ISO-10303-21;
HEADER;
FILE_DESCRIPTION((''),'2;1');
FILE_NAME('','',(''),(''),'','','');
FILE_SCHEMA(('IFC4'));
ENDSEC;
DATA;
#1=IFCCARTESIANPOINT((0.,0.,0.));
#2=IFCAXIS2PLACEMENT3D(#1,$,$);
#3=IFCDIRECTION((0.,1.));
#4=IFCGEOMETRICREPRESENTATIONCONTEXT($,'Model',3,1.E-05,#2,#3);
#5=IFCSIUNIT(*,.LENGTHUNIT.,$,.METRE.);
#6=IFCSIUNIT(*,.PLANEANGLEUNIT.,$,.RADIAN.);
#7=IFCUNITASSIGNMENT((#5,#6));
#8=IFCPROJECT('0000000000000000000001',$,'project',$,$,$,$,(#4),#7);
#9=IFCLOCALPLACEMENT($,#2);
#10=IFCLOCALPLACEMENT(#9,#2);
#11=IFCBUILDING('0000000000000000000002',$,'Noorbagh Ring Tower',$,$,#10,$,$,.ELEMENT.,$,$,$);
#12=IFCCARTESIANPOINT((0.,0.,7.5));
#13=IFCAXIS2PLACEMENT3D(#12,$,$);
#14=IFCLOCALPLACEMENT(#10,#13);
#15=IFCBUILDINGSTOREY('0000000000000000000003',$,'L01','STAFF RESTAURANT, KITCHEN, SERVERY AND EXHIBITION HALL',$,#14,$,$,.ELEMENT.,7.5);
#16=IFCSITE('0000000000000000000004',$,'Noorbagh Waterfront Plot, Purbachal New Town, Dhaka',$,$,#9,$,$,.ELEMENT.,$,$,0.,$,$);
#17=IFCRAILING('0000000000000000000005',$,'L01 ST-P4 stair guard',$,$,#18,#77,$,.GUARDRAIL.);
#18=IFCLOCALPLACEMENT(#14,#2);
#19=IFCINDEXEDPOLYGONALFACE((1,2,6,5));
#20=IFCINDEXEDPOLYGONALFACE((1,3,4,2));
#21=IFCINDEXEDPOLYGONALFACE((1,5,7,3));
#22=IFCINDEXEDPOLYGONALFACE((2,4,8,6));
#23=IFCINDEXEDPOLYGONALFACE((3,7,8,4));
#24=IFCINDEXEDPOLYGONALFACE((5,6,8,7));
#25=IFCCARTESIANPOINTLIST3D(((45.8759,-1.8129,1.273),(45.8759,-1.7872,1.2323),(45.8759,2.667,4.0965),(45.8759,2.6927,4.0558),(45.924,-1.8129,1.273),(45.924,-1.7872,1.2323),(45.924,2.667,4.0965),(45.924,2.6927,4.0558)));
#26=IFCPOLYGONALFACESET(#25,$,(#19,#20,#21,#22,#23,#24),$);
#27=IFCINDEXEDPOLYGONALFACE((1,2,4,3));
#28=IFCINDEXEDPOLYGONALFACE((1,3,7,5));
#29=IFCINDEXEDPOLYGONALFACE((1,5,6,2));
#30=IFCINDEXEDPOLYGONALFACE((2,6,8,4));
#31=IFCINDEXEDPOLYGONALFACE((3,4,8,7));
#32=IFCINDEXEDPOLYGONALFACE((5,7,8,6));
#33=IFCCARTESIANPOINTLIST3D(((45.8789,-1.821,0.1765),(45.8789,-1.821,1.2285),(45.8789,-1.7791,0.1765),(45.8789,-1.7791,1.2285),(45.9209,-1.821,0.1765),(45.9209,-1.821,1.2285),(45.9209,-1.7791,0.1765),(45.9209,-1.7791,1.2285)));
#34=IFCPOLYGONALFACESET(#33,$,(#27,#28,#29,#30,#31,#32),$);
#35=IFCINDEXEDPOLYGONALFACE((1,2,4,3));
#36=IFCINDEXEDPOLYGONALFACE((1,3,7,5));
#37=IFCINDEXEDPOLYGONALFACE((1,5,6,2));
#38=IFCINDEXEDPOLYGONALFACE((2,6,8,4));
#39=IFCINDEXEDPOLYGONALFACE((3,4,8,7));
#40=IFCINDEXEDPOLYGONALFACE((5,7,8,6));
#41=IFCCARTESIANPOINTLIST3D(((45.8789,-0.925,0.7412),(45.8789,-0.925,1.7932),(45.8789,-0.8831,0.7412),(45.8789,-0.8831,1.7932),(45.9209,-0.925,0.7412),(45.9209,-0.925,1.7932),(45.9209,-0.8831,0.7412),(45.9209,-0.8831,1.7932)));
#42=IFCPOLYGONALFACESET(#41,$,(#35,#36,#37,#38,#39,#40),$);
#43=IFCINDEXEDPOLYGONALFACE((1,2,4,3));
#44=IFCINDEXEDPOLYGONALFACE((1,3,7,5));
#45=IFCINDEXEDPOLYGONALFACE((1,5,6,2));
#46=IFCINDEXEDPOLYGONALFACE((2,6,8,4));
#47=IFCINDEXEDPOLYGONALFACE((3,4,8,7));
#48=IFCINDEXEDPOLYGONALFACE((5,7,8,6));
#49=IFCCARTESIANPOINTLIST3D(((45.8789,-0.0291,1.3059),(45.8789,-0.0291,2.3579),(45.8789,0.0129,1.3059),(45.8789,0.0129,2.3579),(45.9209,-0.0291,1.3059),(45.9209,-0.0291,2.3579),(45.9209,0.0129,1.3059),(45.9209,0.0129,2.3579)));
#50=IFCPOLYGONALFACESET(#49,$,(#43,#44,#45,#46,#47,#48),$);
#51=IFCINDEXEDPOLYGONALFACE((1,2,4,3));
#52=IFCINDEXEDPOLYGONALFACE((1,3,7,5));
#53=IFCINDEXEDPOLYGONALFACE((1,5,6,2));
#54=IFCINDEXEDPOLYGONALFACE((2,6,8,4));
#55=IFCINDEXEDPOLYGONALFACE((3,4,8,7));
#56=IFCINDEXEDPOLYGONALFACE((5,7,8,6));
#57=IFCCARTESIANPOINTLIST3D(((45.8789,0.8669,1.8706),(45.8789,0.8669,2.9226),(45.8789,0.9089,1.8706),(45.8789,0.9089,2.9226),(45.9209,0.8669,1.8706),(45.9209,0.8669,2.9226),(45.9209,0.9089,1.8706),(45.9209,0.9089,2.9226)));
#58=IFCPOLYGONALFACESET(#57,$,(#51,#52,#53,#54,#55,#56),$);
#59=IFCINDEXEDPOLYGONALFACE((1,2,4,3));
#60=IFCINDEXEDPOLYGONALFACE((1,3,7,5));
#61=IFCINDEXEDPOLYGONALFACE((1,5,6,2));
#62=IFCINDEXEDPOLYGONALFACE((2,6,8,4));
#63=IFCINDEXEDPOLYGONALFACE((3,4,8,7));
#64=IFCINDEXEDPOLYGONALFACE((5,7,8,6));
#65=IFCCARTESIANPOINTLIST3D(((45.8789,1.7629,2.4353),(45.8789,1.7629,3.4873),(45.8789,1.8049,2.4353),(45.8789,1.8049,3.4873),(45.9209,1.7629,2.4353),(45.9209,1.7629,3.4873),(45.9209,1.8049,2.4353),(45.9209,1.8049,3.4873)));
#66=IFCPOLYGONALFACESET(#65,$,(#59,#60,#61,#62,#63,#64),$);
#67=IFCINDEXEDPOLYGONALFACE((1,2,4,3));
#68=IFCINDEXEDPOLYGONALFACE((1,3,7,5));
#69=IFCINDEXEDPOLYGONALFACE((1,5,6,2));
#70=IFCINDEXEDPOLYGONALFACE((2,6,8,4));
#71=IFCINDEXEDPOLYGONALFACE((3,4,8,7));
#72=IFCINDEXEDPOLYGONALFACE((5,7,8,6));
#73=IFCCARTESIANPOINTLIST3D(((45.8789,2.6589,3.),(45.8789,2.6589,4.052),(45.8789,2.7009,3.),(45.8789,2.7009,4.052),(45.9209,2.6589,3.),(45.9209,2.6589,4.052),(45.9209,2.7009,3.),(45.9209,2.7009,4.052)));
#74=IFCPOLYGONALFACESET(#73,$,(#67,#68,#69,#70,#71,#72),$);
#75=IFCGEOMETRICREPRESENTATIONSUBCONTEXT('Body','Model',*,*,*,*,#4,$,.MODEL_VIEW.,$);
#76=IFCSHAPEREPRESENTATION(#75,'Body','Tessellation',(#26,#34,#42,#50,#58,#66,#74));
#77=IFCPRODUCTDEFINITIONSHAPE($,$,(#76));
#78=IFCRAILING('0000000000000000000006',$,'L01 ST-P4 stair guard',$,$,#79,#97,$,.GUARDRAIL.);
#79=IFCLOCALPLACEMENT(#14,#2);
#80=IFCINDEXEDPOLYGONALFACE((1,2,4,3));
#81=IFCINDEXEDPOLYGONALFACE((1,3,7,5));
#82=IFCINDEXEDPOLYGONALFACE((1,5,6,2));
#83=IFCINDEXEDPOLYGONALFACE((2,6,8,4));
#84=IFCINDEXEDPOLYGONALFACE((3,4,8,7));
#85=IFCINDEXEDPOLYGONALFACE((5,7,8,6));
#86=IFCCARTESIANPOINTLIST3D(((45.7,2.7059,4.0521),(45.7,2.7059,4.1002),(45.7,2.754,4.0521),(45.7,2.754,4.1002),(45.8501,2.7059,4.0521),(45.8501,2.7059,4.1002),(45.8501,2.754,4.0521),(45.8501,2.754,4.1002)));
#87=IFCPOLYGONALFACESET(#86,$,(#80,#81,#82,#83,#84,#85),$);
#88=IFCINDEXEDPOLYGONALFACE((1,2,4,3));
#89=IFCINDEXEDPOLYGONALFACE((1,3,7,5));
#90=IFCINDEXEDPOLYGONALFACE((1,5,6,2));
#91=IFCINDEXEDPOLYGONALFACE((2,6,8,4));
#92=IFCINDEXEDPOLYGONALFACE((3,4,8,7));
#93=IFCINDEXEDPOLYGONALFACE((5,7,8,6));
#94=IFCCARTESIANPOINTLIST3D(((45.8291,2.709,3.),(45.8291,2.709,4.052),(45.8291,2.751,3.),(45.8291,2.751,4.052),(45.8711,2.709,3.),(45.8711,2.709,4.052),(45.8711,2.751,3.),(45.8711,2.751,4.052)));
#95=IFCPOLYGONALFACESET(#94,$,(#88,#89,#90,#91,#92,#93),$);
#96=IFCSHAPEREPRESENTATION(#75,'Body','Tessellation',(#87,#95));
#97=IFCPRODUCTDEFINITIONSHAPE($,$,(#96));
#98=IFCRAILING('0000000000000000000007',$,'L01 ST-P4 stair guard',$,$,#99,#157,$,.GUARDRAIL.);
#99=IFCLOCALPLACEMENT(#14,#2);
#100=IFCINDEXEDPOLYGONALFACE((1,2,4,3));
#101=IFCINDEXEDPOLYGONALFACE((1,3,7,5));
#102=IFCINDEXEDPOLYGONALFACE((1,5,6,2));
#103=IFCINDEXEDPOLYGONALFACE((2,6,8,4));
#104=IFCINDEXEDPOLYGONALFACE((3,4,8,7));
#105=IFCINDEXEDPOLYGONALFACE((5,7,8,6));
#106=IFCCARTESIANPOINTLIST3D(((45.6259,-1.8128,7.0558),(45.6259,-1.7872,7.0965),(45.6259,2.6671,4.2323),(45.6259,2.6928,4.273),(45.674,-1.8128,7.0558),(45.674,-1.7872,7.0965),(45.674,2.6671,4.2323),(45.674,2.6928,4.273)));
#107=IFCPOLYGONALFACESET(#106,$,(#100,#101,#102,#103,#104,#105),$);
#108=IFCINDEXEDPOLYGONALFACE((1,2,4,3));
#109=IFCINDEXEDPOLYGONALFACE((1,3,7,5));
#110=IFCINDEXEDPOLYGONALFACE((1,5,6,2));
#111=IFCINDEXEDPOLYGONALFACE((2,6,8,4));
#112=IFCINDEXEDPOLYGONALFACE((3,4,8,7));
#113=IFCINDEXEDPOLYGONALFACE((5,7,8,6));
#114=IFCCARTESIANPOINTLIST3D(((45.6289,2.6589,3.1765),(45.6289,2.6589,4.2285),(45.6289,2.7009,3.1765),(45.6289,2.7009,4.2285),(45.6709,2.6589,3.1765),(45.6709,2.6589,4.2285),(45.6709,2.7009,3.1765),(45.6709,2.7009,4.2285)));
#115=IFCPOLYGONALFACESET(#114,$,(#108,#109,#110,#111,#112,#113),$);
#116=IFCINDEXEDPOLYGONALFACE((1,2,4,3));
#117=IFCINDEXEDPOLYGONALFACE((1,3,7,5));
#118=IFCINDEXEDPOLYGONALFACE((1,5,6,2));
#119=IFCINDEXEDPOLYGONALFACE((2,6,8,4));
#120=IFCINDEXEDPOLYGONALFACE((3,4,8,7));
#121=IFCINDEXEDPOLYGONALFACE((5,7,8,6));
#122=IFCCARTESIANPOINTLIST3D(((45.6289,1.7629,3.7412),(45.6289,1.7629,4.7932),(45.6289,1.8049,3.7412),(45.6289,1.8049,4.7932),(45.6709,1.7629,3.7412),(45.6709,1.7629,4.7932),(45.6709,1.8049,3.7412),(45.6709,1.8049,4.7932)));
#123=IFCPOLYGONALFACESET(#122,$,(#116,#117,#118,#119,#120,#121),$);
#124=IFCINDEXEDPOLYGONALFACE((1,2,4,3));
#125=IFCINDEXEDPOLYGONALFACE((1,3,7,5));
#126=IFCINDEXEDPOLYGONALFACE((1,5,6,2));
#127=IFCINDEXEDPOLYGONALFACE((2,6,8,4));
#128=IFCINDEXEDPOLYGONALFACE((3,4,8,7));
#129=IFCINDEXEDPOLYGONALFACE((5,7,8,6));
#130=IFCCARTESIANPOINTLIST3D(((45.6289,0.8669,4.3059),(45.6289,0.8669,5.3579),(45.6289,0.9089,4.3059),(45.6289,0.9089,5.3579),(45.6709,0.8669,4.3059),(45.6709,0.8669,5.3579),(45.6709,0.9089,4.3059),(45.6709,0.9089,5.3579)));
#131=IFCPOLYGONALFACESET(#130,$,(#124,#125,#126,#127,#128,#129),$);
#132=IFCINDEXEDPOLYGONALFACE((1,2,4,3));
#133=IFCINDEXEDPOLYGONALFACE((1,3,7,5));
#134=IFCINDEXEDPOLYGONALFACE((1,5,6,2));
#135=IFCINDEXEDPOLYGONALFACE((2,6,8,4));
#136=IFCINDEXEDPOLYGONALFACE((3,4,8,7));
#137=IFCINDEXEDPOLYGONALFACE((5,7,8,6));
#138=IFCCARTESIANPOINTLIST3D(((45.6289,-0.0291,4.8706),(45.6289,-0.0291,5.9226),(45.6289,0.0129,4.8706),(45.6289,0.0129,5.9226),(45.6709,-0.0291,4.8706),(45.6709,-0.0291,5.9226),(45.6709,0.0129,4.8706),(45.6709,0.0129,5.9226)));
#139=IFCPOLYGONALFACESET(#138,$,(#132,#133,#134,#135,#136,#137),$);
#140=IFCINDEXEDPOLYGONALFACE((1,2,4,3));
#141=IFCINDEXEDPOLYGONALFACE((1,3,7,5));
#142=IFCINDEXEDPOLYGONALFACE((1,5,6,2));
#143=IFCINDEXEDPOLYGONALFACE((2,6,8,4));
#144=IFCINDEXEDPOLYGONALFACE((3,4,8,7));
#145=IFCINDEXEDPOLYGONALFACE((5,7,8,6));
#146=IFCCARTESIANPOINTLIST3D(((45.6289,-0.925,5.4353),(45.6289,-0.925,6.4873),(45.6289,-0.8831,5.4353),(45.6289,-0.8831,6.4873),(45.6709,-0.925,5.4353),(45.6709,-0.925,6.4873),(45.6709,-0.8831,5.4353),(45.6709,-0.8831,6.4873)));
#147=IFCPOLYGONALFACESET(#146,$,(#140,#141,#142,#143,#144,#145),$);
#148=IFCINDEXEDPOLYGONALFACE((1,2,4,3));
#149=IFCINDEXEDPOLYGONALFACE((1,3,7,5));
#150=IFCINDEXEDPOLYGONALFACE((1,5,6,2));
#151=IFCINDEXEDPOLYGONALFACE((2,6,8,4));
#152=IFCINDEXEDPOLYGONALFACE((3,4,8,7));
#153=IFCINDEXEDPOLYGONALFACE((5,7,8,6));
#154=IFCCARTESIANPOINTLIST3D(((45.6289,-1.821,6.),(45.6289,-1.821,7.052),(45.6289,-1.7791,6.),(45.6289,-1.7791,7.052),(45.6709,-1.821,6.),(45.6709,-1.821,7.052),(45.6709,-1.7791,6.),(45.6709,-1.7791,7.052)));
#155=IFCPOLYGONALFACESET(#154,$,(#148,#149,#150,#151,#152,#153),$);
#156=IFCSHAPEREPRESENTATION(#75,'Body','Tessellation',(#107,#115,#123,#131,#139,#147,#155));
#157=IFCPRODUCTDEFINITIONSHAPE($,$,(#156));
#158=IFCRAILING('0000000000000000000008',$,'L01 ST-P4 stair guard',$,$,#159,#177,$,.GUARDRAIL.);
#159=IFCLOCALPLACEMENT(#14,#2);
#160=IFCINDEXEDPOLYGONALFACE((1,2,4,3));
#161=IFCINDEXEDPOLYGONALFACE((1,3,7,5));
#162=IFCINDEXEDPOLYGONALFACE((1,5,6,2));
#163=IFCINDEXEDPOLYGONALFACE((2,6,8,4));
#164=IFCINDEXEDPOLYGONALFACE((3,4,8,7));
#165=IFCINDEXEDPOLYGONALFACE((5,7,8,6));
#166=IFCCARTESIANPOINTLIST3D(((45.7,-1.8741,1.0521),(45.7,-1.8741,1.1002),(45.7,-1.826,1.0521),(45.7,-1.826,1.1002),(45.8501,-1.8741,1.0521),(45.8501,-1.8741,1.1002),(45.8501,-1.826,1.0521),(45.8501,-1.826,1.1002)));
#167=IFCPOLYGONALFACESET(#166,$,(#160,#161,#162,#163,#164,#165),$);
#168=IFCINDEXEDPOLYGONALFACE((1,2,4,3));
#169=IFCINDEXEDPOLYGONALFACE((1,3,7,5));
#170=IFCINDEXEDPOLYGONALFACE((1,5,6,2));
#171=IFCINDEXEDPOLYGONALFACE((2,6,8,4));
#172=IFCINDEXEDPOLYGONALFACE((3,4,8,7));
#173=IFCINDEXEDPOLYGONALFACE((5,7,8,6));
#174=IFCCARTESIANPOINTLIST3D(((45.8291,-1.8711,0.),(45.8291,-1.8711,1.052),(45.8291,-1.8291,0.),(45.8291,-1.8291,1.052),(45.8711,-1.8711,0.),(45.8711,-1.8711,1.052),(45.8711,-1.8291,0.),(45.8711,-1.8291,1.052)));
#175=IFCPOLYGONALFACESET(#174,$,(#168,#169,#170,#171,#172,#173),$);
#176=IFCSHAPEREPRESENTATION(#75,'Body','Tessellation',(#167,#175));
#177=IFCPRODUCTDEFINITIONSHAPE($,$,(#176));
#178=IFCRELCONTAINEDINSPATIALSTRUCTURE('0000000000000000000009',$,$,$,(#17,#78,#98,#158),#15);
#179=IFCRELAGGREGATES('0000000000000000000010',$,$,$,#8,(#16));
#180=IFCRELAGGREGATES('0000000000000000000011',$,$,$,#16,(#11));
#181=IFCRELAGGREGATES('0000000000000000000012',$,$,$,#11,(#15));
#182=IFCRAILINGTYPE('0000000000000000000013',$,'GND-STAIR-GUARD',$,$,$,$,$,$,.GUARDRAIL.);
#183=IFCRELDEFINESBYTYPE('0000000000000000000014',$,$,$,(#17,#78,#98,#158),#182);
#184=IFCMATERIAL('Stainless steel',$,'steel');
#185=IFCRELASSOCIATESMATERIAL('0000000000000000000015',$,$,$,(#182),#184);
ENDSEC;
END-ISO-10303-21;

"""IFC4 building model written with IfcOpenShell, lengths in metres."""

from ifc_helpers import new_model, si_unit, direction, frame, origin, origin_2d, place, context, subcontext, project, spatial, rectangle, extrude, material, type_object, element, save


model = new_model("IFC4")

# Units and contexts
model_context = context("Model", 3, precision=1e-05, world=origin(), true_north=direction((0.0, 1.0)))
body_context = subcontext(model_context, "Body", "Model", "MODEL_VIEW")
ifc_project = project(units=[si_unit("LENGTHUNIT", "METRE"), si_unit("PLANEANGLEUNIT", "RADIAN")], contexts=[model_context])

# Site, building, storey
site_placement = place(None, origin())
site = spatial("IfcSite", under=ifc_project, at=site_placement, Name="Noorbagh Waterfront Plot, Purbachal New Town, Dhaka", CompositionType="ELEMENT", RefElevation=0.0)
building_placement = place(site_placement, origin())
building = spatial("IfcBuilding", under=site, at=building_placement, Name="Noorbagh Ring Tower", CompositionType="ELEMENT")
storey_placement = place(building_placement, frame((0.0, 0.0, 7.5)))
storey = spatial("IfcBuildingStorey", under=building, at=storey_placement, Name="L01", Description="STAFF RESTAURANT, KITCHEN, SERVERY AND EXHIBITION HALL", CompositionType="ELEMENT", Elevation=7.5)

# Railings
ifc_material_1 = material(Name="Stainless steel", Category="steel")
railing_type_1 = type_object("IfcRailingType", Name="GND-STAIR-GUARD", PredefinedType="GUARDRAIL", material=ifc_material_1)
railing_1_placement = place(storey_placement, frame((45.8999, -1.8, 0.1765)))
element("IfcRailing", 1, at=railing_1_placement, inside=storey, type_object=railing_type_1, Name="L01 ST-P4 stair guard", PredefinedType="GUARDRAIL", context=body_context, shape_type="SweptSolid", body=[
    extrude(rectangle(XDim=0.0481, YDim=0.0481, at=origin_2d()), frame((0.0, 0.0, 1.0762), z_axis=(0.0, 0.845998, 0.533186), x_axis=(-1.0, 0.0, 0.0)), (0.0, 0.0, 1.0), 5.2954),
    extrude(rectangle(XDim=0.042, YDim=0.042, at=origin_2d()), origin(), (0.0, 0.0, 1.0), 1.052),
    extrude(rectangle(XDim=0.042, YDim=0.042, at=origin_2d()), frame((0.0, 0.896, 0.5647)), (0.0, 0.0, 1.0), 1.052),
    extrude(rectangle(XDim=0.042, YDim=0.042, at=origin_2d()), frame((0.0, 1.792, 1.1294)), (0.0, 0.0, 1.0), 1.052),
    extrude(rectangle(XDim=0.042, YDim=0.042, at=origin_2d()), frame((0.0, 2.688, 1.6941)), (0.0, 0.0, 1.0), 1.052),
    extrude(rectangle(XDim=0.042, YDim=0.042, at=origin_2d()), frame((0.0, 3.584, 2.2588)), (0.0, 0.0, 1.0), 1.052),
    extrude(rectangle(XDim=0.042, YDim=0.042, at=origin_2d()), frame((0.0, 4.48, 2.8235)), (0.0, 0.0, 1.0), 1.052),
])
railing_2_placement = place(storey_placement, frame((45.8501, 2.73, 3.0)))
element("IfcRailing", 2, at=railing_2_placement, inside=storey, type_object=railing_type_1, Name="L01 ST-P4 stair guard", PredefinedType="GUARDRAIL", context=body_context, shape_type="SweptSolid", body=[
    extrude(rectangle(XDim=0.0481, YDim=0.0481, at=origin_2d()), frame((0.0, 0.0, 1.0762), z_axis=(-1.0, 0.0, 0.0), x_axis=(0.0, -1.0, 0.0)), (0.0, 0.0, 1.0), 0.1501),
    extrude(rectangle(XDim=0.042, YDim=0.042, at=origin_2d()), origin(), (0.0, 0.0, 1.0), 1.052),
])
railing_3_placement = place(storey_placement, frame((45.6499, 2.6799, 3.1765)))
element("IfcRailing", 3, at=railing_3_placement, inside=storey, type_object=railing_type_1, Name="L01 ST-P4 stair guard", PredefinedType="GUARDRAIL", context=body_context, shape_type="SweptSolid", body=[
    extrude(rectangle(XDim=0.0481, YDim=0.0481, at=origin_2d()), frame((0.0, 0.0, 1.0762), z_axis=(0.0, -0.845998, 0.533186), x_axis=(1.0, 0.0, 0.0)), (0.0, 0.0, 1.0), 5.2954),
    extrude(rectangle(XDim=0.042, YDim=0.042, at=origin_2d()), origin(), (0.0, 0.0, 1.0), 1.052),
    extrude(rectangle(XDim=0.042, YDim=0.042, at=origin_2d()), frame((0.0, -0.896, 0.5647)), (0.0, 0.0, 1.0), 1.052),
    extrude(rectangle(XDim=0.042, YDim=0.042, at=origin_2d()), frame((0.0, -1.792, 1.1294)), (0.0, 0.0, 1.0), 1.052),
    extrude(rectangle(XDim=0.042, YDim=0.042, at=origin_2d()), frame((0.0, -2.688, 1.6941)), (0.0, 0.0, 1.0), 1.052),
    extrude(rectangle(XDim=0.042, YDim=0.042, at=origin_2d()), frame((0.0, -3.584, 2.2588)), (0.0, 0.0, 1.0), 1.052),
    extrude(rectangle(XDim=0.042, YDim=0.042, at=origin_2d()), frame((0.0, -4.48, 2.8235)), (0.0, 0.0, 1.0), 1.052),
])
railing_4_placement = place(storey_placement, frame((45.8501, -1.8501, 0.0)))
element("IfcRailing", 4, at=railing_4_placement, inside=storey, type_object=railing_type_1, Name="L01 ST-P4 stair guard", PredefinedType="GUARDRAIL", context=body_context, shape_type="SweptSolid", body=[
    extrude(rectangle(XDim=0.0481, YDim=0.0481, at=origin_2d()), frame((0.0, 0.0, 1.0762), z_axis=(-1.0, 0.0, 0.0), x_axis=(0.0, -1.0, 0.0)), (0.0, 0.0, 1.0), 0.1501),
    extrude(rectangle(XDim=0.042, YDim=0.042, at=origin_2d()), origin(), (0.0, 0.0, 1.0), 1.052),
])

save(model, "model.ifc")
